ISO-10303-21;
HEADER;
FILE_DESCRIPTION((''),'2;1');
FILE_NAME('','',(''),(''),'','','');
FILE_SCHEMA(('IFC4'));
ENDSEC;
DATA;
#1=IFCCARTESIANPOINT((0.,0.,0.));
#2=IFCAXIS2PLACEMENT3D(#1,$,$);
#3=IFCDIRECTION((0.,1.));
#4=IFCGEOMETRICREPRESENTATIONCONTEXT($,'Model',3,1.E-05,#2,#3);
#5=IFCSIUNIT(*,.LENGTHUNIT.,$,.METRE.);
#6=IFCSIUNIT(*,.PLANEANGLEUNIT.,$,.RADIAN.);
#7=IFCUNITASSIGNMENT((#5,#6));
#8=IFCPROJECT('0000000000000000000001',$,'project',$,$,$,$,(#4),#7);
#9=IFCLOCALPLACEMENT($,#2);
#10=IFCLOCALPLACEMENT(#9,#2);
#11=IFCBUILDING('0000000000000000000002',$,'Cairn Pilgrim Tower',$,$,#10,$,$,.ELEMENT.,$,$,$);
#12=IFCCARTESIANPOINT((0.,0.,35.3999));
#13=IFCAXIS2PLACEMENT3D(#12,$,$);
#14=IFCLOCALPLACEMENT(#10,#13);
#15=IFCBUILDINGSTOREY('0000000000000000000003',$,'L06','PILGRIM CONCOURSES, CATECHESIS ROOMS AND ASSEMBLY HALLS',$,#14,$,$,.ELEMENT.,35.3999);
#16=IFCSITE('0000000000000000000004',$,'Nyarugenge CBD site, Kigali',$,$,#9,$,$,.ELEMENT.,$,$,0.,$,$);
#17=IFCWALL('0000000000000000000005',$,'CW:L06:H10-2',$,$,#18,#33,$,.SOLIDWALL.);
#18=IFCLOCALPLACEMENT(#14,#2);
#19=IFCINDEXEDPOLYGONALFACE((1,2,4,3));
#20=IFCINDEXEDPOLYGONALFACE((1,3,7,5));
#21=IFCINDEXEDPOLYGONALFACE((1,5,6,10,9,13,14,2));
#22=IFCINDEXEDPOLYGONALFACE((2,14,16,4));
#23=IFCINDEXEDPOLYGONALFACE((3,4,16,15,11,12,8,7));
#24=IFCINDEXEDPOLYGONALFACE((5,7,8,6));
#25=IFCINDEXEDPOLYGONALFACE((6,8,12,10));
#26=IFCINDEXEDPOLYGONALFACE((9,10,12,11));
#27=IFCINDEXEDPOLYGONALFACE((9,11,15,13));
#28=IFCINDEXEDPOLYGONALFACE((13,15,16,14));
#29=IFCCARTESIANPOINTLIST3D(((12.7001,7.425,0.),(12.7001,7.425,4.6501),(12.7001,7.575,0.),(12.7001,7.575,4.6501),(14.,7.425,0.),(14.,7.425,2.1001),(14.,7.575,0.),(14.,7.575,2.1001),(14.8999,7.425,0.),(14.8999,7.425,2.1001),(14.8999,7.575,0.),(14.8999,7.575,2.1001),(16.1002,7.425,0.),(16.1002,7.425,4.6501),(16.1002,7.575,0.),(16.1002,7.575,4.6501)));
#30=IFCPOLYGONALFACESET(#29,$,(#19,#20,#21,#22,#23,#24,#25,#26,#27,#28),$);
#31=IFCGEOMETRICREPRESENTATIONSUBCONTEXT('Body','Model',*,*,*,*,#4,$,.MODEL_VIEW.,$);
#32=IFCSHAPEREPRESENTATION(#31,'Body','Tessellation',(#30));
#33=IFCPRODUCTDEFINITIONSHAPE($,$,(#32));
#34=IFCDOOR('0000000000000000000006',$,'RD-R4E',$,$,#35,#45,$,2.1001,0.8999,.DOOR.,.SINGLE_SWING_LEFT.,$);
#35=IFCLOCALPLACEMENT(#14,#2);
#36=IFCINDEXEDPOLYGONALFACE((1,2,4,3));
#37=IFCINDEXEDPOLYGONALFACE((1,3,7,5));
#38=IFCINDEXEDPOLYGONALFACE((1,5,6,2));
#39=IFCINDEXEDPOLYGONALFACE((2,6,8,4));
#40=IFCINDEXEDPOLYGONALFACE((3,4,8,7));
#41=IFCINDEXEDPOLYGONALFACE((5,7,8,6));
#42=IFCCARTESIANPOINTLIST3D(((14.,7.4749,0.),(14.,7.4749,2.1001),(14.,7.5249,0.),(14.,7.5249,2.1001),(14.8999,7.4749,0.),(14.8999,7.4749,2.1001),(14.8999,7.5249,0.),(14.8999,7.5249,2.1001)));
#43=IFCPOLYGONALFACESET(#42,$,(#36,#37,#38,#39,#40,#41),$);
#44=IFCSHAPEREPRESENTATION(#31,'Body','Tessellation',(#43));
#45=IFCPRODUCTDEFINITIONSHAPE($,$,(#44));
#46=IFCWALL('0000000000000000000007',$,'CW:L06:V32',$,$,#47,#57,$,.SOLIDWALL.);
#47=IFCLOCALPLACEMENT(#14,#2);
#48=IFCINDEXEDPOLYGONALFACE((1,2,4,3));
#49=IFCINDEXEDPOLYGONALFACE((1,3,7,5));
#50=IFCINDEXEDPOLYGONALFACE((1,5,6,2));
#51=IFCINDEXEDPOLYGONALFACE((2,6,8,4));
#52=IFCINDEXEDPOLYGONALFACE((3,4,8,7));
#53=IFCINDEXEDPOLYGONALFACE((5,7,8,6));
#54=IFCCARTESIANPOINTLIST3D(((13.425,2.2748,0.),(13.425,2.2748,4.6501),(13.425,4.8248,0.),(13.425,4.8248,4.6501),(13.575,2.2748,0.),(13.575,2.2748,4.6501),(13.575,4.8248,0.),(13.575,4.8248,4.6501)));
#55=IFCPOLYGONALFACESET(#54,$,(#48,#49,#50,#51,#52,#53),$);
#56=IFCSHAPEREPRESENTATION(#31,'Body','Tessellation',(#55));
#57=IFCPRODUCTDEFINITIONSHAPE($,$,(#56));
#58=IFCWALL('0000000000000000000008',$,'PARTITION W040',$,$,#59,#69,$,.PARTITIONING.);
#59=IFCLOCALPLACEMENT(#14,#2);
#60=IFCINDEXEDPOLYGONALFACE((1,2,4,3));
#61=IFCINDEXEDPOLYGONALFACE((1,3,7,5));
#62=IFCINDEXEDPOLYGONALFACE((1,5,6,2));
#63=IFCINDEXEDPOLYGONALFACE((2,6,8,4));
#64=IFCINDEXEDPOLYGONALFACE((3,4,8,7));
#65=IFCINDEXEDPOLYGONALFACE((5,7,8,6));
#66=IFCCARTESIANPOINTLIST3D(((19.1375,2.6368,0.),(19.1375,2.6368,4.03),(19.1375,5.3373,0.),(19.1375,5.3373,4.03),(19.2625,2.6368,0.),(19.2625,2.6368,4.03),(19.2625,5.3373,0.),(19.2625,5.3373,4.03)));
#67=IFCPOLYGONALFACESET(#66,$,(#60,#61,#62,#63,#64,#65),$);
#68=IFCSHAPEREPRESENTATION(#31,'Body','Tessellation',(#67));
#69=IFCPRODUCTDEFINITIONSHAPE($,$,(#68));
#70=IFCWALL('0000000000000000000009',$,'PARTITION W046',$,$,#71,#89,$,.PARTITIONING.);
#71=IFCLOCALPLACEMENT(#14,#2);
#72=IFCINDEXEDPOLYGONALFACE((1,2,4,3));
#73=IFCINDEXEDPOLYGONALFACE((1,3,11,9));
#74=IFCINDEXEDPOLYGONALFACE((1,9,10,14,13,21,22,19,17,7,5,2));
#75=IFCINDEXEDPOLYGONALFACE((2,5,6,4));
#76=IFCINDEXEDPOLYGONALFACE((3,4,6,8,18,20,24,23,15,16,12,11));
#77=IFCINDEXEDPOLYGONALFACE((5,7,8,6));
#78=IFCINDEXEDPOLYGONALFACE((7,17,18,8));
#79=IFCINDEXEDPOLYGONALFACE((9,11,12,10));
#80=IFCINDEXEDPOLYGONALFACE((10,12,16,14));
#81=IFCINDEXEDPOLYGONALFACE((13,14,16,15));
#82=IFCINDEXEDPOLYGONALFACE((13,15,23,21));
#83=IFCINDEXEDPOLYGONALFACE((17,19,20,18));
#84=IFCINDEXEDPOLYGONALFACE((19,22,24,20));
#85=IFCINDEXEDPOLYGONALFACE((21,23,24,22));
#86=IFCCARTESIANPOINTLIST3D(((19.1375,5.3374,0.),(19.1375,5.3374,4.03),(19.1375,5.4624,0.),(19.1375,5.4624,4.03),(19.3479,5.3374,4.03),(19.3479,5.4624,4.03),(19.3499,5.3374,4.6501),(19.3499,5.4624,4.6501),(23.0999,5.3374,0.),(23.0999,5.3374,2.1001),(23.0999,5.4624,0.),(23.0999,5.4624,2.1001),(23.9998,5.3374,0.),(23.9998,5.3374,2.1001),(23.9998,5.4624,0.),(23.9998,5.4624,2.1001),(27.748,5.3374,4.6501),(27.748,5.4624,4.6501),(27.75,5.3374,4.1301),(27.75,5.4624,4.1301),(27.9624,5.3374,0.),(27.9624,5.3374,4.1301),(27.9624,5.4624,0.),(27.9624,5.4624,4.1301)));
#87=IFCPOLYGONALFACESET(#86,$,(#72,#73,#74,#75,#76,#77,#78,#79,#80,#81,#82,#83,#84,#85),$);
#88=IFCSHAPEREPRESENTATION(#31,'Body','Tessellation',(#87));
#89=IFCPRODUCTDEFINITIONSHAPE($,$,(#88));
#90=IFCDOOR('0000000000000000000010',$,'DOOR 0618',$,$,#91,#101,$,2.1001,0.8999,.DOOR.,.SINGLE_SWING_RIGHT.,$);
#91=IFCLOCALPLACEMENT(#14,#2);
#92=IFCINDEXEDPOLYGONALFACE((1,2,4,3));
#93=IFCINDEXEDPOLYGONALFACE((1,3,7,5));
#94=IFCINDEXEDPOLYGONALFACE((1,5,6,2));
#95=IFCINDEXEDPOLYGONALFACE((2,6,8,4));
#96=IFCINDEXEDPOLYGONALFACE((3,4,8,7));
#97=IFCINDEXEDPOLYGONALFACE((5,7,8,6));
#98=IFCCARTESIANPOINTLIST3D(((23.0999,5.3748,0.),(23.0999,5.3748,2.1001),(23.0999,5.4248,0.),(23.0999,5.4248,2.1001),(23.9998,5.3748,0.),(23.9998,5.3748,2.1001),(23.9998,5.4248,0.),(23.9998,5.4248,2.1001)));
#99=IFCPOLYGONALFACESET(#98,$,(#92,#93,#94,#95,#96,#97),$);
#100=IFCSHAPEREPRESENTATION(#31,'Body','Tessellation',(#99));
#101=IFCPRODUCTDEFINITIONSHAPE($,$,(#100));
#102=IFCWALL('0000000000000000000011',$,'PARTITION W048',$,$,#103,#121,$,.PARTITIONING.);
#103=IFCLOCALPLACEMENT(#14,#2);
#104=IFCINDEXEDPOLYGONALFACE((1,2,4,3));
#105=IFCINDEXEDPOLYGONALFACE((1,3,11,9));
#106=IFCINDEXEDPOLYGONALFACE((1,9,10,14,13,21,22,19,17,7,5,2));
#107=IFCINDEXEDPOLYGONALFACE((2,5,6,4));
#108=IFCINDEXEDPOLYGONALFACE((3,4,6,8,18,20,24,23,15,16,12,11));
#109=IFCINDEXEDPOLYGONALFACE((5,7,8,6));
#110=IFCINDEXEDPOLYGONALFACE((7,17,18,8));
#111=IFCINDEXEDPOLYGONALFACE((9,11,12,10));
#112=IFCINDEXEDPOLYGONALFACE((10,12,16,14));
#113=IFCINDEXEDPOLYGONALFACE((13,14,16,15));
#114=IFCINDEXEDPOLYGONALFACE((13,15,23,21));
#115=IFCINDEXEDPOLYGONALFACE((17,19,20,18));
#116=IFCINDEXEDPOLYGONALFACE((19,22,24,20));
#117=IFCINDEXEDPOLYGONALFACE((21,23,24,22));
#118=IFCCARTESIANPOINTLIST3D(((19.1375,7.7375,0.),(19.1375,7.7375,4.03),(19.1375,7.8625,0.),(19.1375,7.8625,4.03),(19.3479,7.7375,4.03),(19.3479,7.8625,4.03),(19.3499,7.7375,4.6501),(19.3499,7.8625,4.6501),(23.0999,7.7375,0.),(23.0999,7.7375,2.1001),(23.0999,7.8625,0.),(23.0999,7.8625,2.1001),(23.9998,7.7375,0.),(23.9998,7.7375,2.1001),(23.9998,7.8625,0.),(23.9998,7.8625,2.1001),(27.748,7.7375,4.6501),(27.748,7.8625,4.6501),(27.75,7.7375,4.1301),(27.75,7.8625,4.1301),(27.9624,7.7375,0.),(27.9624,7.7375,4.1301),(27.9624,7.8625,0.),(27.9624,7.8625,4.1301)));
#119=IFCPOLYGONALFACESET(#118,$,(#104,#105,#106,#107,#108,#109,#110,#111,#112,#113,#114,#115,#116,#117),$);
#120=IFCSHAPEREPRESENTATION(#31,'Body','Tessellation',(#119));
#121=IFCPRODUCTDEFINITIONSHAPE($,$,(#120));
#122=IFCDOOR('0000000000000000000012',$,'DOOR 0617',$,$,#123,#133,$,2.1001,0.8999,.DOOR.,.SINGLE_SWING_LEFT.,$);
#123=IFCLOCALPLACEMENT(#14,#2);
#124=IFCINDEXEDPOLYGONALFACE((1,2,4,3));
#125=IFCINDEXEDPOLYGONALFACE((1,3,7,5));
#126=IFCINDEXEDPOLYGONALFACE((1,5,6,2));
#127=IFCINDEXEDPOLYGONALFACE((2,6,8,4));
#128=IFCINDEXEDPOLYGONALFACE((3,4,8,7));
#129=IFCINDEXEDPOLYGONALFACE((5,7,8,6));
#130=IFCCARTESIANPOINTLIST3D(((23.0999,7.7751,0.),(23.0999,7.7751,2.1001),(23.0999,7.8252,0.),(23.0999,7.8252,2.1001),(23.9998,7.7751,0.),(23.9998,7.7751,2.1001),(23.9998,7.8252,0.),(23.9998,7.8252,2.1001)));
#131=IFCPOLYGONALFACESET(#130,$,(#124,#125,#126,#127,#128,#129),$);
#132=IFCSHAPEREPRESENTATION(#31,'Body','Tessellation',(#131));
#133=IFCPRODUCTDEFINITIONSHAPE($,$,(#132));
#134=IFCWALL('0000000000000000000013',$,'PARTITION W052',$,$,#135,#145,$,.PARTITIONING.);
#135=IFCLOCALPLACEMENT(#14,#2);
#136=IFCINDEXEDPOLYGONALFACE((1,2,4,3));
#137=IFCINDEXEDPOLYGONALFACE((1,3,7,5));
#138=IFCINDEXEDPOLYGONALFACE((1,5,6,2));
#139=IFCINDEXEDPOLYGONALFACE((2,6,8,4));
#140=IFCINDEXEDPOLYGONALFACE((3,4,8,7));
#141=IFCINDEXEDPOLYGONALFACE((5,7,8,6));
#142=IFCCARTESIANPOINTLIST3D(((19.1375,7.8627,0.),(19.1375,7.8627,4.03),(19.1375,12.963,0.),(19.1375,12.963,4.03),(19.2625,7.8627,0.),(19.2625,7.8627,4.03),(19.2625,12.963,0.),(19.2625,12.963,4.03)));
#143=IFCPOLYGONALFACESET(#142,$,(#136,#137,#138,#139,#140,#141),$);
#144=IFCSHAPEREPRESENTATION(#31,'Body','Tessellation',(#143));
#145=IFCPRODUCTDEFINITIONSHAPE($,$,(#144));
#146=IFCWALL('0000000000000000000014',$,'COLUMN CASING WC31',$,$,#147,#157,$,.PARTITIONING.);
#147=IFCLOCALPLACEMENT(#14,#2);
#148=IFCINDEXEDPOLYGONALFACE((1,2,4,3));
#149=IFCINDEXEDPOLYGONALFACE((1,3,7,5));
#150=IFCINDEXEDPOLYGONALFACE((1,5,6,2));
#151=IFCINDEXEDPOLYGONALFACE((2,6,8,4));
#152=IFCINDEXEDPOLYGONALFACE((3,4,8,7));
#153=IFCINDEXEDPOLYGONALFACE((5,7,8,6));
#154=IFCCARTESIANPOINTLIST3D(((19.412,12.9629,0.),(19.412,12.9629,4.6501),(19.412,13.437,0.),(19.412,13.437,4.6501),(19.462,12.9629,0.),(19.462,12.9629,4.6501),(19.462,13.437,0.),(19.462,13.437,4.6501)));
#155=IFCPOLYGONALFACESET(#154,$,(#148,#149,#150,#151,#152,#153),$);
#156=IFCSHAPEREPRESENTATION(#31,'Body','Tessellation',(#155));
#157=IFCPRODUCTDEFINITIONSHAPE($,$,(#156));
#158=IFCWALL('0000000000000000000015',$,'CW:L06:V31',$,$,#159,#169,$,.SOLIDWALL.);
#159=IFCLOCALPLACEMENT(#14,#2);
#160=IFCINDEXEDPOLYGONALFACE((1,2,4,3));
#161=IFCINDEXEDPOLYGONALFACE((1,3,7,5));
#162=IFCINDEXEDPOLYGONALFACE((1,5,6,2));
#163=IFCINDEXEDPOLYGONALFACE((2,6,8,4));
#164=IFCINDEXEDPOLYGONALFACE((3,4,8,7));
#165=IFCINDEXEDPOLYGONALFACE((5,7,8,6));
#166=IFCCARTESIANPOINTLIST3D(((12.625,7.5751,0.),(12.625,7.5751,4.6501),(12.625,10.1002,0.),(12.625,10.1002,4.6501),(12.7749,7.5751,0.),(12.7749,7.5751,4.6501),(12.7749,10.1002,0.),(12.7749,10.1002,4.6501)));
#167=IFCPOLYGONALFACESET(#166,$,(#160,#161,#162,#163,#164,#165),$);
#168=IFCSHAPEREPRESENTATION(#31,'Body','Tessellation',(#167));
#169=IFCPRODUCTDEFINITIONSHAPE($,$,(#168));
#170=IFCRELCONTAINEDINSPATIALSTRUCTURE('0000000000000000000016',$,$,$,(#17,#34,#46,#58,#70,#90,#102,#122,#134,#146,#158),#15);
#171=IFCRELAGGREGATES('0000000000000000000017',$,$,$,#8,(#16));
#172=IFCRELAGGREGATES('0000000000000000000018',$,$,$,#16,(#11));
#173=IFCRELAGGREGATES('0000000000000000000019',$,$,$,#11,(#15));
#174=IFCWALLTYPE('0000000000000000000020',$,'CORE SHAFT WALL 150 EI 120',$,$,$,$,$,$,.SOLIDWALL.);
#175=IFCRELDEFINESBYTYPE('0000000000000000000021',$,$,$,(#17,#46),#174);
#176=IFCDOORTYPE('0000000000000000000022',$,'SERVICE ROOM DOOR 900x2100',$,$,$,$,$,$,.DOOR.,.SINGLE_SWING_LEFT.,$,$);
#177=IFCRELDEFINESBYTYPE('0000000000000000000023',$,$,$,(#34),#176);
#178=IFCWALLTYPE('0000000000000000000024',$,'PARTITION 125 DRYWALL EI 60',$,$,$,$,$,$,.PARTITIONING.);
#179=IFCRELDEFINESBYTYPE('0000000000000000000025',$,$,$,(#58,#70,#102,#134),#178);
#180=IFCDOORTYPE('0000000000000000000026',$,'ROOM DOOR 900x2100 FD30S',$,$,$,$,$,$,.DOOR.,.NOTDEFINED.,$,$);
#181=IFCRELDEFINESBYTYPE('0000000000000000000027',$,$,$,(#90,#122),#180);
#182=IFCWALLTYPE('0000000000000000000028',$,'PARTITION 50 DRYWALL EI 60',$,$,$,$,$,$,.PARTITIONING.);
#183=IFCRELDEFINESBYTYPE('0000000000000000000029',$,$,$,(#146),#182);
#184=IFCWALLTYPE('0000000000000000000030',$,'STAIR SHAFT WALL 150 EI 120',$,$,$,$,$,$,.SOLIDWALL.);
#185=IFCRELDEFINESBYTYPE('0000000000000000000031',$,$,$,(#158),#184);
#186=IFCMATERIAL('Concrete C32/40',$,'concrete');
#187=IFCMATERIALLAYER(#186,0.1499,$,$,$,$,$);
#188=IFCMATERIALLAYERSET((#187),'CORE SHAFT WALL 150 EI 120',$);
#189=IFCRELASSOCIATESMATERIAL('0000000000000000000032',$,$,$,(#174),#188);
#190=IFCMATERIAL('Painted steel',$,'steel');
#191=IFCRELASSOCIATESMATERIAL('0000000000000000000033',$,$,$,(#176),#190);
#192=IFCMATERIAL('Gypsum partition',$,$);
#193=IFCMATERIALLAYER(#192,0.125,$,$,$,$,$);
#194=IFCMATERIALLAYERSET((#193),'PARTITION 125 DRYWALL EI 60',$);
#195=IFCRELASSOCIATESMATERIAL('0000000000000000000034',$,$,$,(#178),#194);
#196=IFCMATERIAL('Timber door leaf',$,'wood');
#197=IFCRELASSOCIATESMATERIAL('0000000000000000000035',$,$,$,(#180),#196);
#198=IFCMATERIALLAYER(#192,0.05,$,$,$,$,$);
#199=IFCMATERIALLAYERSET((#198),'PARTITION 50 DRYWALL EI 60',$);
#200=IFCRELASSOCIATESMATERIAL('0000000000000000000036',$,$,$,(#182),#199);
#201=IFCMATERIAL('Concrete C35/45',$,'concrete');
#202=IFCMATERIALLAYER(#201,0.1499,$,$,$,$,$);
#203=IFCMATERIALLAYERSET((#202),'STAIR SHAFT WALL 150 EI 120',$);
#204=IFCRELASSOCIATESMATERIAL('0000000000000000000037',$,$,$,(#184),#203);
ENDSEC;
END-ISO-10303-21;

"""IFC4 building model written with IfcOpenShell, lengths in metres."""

from ifc_helpers import new_model, si_unit, direction, frame, frame_2d, origin, place, context, subcontext, project, spatial, polyline, rectangle, outline, extrude, material, layer, layer_set, type_object, element, fill, save


model = new_model("IFC4")

# Units and contexts
model_context = context("Model", 3, precision=1e-05, world=origin(), true_north=direction((0.0, 1.0)))
body_context = subcontext(model_context, "Body", "Model", "MODEL_VIEW")
ifc_project = project(units=[si_unit("LENGTHUNIT", "METRE"), si_unit("PLANEANGLEUNIT", "RADIAN")], contexts=[model_context])

# Site, building, storey
site_placement = place(None, origin())
site = spatial("IfcSite", under=ifc_project, at=site_placement, Name="Nyarugenge CBD site, Kigali", CompositionType="ELEMENT", RefElevation=0.0)
building_placement = place(site_placement, origin())
building = spatial("IfcBuilding", under=site, at=building_placement, Name="Cairn Pilgrim Tower", CompositionType="ELEMENT")
storey_placement = place(building_placement, frame((0.0, 0.0, 35.3999)))
storey = spatial("IfcBuildingStorey", under=building, at=storey_placement, Name="L06", Description="PILGRIM CONCOURSES, CATECHESIS ROOMS AND ASSEMBLY HALLS", CompositionType="ELEMENT", Elevation=35.3999)

# Shared definitions
ifc_material_1 = material(Name="Concrete C32/40", Category="concrete")

# Wall, opening, door
ifc_layer_1 = layer(ifc_material_1, 0.1499)
ifc_layer_set_1 = layer_set([ifc_layer_1], Name="CORE SHAFT WALL 150 EI 120")
wall_type_1 = type_object("IfcWallType", Name="CORE SHAFT WALL 150 EI 120", PredefinedType="SOLIDWALL", material=ifc_layer_set_1)
wall_1_placement = place(storey_placement, frame((12.7, 7.5, 0.0), z_axis=(0.0, 0.0, 1.0), x_axis=(1.0, 0.0, 0.0)))
wall_1 = element("IfcWall", 1, at=wall_1_placement, inside=storey, type_object=wall_type_1, Name="CW:L06:H10-2", PredefinedType="SOLIDWALL", context=body_context, shape_type="SweptSolid", body=[
    extrude(rectangle(XDim=3.4001, YDim=0.1499, at=frame_2d((1.7002, 0.0))), origin(), (0.0, 0.0, 1.0), 4.6501),
])
opening_1_placement = place(wall_1_placement, frame((1.3, 0.0, 0.0)))
opening_1 = element("IfcOpeningElement", 2, at=opening_1_placement, cuts=wall_1, PredefinedType="OPENING", context=body_context, shape_type="SweptSolid", body=[
    extrude(rectangle(XDim=0.8999, YDim=2.1001, at=frame_2d((0.45, 1.05))), frame((0.0, 0.085, 0.0), z_axis=(0.0, -1.0, 0.0), x_axis=(1.0, 0.0, 0.0)), (0.0, 0.0, 1.0), 0.1699),
])
ifc_material_2 = material(Name="Painted steel", Category="steel")
door_type_1 = type_object("IfcDoorType", Name="SERVICE ROOM DOOR 900x2100", OperationType="SINGLE_SWING_LEFT", PredefinedType="DOOR", material=ifc_material_2)
door_1_placement = place(opening_1_placement, origin())
door_1 = element("IfcDoor", 3, at=door_1_placement, inside=storey, type_object=door_type_1, Name="RD-R4E", OperationType="SINGLE_SWING_LEFT", OverallHeight=2.1001, OverallWidth=0.8999, PredefinedType="DOOR", context=body_context, shape_type="SweptSolid", body=[
    extrude(rectangle(XDim=0.8999, YDim=2.1001, at=frame_2d((0.45, 1.05))), frame((0.0, 0.0249, 0.0), z_axis=(0.0, -1.0, 0.0), x_axis=(1.0, 0.0, 0.0)), (0.0, 0.0, 1.0), 0.05),
])
fill(opening_1, door_1)

# Walls
wall_2_placement = place(storey_placement, frame((13.5, 2.2749, 0.0), z_axis=(0.0, 0.0, 1.0), x_axis=(0.0, 1.0, 0.0)))
element("IfcWall", 4, at=wall_2_placement, inside=storey, type_object=wall_type_1, Name="CW:L06:V32", PredefinedType="SOLIDWALL", context=body_context, shape_type="SweptSolid", body=[
    extrude(rectangle(XDim=2.55, YDim=0.1499, at=frame_2d((1.2749, 0.0))), origin(), (0.0, 0.0, 1.0), 4.6501),
])
ifc_material_3 = material(Name="Gypsum partition")
ifc_layer_2 = layer(ifc_material_3, 0.125)
ifc_layer_set_2 = layer_set([ifc_layer_2], Name="PARTITION 125 DRYWALL EI 60")
wall_type_2 = type_object("IfcWallType", Name="PARTITION 125 DRYWALL EI 60", PredefinedType="PARTITIONING", material=ifc_layer_set_2)
wall_3_placement = place(storey_placement, frame((19.2, 2.637, 0.0), z_axis=(0.0, 0.0, 1.0), x_axis=(0.0, 1.0, 0.0)))
element("IfcWall", 5, at=wall_3_placement, inside=storey, type_object=wall_type_2, Name="PARTITION W040", PredefinedType="PARTITIONING", context=body_context, shape_type="SweptSolid", body=[
    extrude(rectangle(XDim=2.7004, YDim=0.125, at=frame_2d((1.3501, 0.0))), origin(), (0.0, 0.0, 1.0), 4.03),
])

# Walls, openings, doors
wall_4_placement = place(storey_placement, frame((19.1375, 5.3999, 0.0), z_axis=(0.0, 0.0, 1.0), x_axis=(1.0, 0.0, 0.0)))
wall_4 = element("IfcWall", 6, at=wall_4_placement, inside=storey, type_object=wall_type_2, Name="PARTITION W046", PredefinedType="PARTITIONING", context=body_context, shape_type="SweptSolid", body=[
    extrude(outline(polyline([(0.0, 0.0), (8.825, 0.0), (8.825, 4.1301), (8.6125, 4.1301), (8.6106, 4.6501), (0.2124, 4.6501), (0.2104, 4.03), (0.0, 4.03), (0.0, 0.0)])), frame((0.0, 0.0625, 0.0), z_axis=(0.0, -1.0, 0.0), x_axis=(1.0, 0.0, 0.0)), (0.0, 0.0, 1.0), 0.125),
])
opening_2_placement = place(wall_4_placement, frame((3.9624, 0.0, 0.0)))
opening_2 = element("IfcOpeningElement", 7, at=opening_2_placement, cuts=wall_4, PredefinedType="OPENING", context=body_context, shape_type="SweptSolid", body=[
    extrude(rectangle(XDim=0.8999, YDim=2.1001, at=frame_2d((0.45, 1.05))), frame((0.0, 0.0725, 0.0), z_axis=(0.0, -1.0, 0.0), x_axis=(1.0, 0.0, 0.0)), (0.0, 0.0, 1.0), 0.145),
])
ifc_material_4 = material(Name="Timber door leaf", Category="wood")
door_type_2 = type_object("IfcDoorType", Name="ROOM DOOR 900x2100 FD30S", OperationType="NOTDEFINED", PredefinedType="DOOR", material=ifc_material_4)
door_2_placement = place(opening_2_placement, origin())
door_2 = element("IfcDoor", 8, at=door_2_placement, inside=storey, type_object=door_type_2, Name="DOOR 0618", OperationType="SINGLE_SWING_RIGHT", OverallHeight=2.1001, OverallWidth=0.8999, PredefinedType="DOOR", context=body_context, shape_type="SweptSolid", body=[
    extrude(rectangle(XDim=0.8999, YDim=2.1001, at=frame_2d((0.45, 1.05))), frame((0.0, 0.0249, 0.0), z_axis=(0.0, -1.0, 0.0), x_axis=(1.0, 0.0, 0.0)), (0.0, 0.0, 1.0), 0.05),
])
fill(opening_2, door_2)
wall_5_placement = place(storey_placement, frame((19.1375, 7.8, 0.0), z_axis=(0.0, 0.0, 1.0), x_axis=(1.0, 0.0, 0.0)))
wall_5 = element("IfcWall", 9, at=wall_5_placement, inside=storey, type_object=wall_type_2, Name="PARTITION W048", PredefinedType="PARTITIONING", context=body_context, shape_type="SweptSolid", body=[
    extrude(outline(polyline([(0.0, 0.0), (8.825, 0.0), (8.825, 4.1301), (8.6125, 4.1301), (8.6106, 4.6501), (0.2124, 4.6501), (0.2104, 4.03), (0.0, 4.03), (0.0, 0.0)])), frame((0.0, 0.0625, 0.0), z_axis=(0.0, -1.0, 0.0), x_axis=(1.0, 0.0, 0.0)), (0.0, 0.0, 1.0), 0.125),
])
opening_3_placement = place(wall_5_placement, frame((3.9624, 0.0, 0.0)))
opening_3 = element("IfcOpeningElement", 10, at=opening_3_placement, cuts=wall_5, PredefinedType="OPENING", context=body_context, shape_type="SweptSolid", body=[
    extrude(rectangle(XDim=0.8999, YDim=2.1001, at=frame_2d((0.45, 1.05))), frame((0.0, 0.0725, 0.0), z_axis=(0.0, -1.0, 0.0), x_axis=(1.0, 0.0, 0.0)), (0.0, 0.0, 1.0), 0.145),
])
door_3_placement = place(opening_3_placement, frame((0.8999, 0.0, 0.0), z_axis=(0.0, 0.0, 1.0), x_axis=(-1.0, 0.0, 0.0)))
door_3 = element("IfcDoor", 11, at=door_3_placement, inside=storey, type_object=door_type_2, Name="DOOR 0617", OperationType="SINGLE_SWING_LEFT", OverallHeight=2.1001, OverallWidth=0.8999, PredefinedType="DOOR", context=body_context, shape_type="SweptSolid", body=[
    extrude(rectangle(XDim=0.8999, YDim=2.1001, at=frame_2d((0.45, 1.05))), frame((0.0, 0.0249, 0.0), z_axis=(0.0, -1.0, 0.0), x_axis=(1.0, 0.0, 0.0)), (0.0, 0.0, 1.0), 0.05),
])
fill(opening_3, door_3)

# Walls
wall_6_placement = place(storey_placement, frame((19.2, 7.8625, 0.0), z_axis=(0.0, 0.0, 1.0), x_axis=(0.0, 1.0, 0.0)))
element("IfcWall", 12, at=wall_6_placement, inside=storey, type_object=wall_type_2, Name="PARTITION W052", PredefinedType="PARTITIONING", context=body_context, shape_type="SweptSolid", body=[
    extrude(rectangle(XDim=5.1003, YDim=0.125, at=frame_2d((2.5503, 0.0))), origin(), (0.0, 0.0, 1.0), 4.03),
])
ifc_layer_3 = layer(ifc_material_3, 0.05)
ifc_layer_set_3 = layer_set([ifc_layer_3], Name="PARTITION 50 DRYWALL EI 60")
wall_type_3 = type_object("IfcWallType", Name="PARTITION 50 DRYWALL EI 60", PredefinedType="PARTITIONING", material=ifc_layer_set_3)
wall_7_placement = place(storey_placement, frame((19.437, 12.9629, 0.0), z_axis=(0.0, 0.0, 1.0), x_axis=(0.0, 1.0, 0.0)))
element("IfcWall", 13, at=wall_7_placement, inside=storey, type_object=wall_type_3, Name="COLUMN CASING WC31", PredefinedType="PARTITIONING", context=body_context, shape_type="SweptSolid", body=[
    extrude(rectangle(XDim=0.4741, YDim=0.05, at=frame_2d((0.2371, 0.0))), origin(), (0.0, 0.0, 1.0), 4.6501),
])
ifc_material_5 = material(Name="Concrete C35/45", Category="concrete")
ifc_layer_4 = layer(ifc_material_5, 0.1499)
ifc_layer_set_4 = layer_set([ifc_layer_4], Name="STAIR SHAFT WALL 150 EI 120")
wall_type_4 = type_object("IfcWallType", Name="STAIR SHAFT WALL 150 EI 120", PredefinedType="SOLIDWALL", material=ifc_layer_set_4)
wall_8_placement = place(storey_placement, frame((12.7, 7.575, 0.0), z_axis=(0.0, 0.0, 1.0), x_axis=(0.0, 1.0, 0.0)))
element("IfcWall", 14, at=wall_8_placement, inside=storey, type_object=wall_type_4, Name="CW:L06:V31", PredefinedType="SOLIDWALL", context=body_context, shape_type="SweptSolid", body=[
    extrude(rectangle(XDim=2.5251, YDim=0.1499, at=frame_2d((1.2627, 0.0))), origin(), (0.0, 0.0, 1.0), 4.6501),
])

save(model, "model.ifc")
